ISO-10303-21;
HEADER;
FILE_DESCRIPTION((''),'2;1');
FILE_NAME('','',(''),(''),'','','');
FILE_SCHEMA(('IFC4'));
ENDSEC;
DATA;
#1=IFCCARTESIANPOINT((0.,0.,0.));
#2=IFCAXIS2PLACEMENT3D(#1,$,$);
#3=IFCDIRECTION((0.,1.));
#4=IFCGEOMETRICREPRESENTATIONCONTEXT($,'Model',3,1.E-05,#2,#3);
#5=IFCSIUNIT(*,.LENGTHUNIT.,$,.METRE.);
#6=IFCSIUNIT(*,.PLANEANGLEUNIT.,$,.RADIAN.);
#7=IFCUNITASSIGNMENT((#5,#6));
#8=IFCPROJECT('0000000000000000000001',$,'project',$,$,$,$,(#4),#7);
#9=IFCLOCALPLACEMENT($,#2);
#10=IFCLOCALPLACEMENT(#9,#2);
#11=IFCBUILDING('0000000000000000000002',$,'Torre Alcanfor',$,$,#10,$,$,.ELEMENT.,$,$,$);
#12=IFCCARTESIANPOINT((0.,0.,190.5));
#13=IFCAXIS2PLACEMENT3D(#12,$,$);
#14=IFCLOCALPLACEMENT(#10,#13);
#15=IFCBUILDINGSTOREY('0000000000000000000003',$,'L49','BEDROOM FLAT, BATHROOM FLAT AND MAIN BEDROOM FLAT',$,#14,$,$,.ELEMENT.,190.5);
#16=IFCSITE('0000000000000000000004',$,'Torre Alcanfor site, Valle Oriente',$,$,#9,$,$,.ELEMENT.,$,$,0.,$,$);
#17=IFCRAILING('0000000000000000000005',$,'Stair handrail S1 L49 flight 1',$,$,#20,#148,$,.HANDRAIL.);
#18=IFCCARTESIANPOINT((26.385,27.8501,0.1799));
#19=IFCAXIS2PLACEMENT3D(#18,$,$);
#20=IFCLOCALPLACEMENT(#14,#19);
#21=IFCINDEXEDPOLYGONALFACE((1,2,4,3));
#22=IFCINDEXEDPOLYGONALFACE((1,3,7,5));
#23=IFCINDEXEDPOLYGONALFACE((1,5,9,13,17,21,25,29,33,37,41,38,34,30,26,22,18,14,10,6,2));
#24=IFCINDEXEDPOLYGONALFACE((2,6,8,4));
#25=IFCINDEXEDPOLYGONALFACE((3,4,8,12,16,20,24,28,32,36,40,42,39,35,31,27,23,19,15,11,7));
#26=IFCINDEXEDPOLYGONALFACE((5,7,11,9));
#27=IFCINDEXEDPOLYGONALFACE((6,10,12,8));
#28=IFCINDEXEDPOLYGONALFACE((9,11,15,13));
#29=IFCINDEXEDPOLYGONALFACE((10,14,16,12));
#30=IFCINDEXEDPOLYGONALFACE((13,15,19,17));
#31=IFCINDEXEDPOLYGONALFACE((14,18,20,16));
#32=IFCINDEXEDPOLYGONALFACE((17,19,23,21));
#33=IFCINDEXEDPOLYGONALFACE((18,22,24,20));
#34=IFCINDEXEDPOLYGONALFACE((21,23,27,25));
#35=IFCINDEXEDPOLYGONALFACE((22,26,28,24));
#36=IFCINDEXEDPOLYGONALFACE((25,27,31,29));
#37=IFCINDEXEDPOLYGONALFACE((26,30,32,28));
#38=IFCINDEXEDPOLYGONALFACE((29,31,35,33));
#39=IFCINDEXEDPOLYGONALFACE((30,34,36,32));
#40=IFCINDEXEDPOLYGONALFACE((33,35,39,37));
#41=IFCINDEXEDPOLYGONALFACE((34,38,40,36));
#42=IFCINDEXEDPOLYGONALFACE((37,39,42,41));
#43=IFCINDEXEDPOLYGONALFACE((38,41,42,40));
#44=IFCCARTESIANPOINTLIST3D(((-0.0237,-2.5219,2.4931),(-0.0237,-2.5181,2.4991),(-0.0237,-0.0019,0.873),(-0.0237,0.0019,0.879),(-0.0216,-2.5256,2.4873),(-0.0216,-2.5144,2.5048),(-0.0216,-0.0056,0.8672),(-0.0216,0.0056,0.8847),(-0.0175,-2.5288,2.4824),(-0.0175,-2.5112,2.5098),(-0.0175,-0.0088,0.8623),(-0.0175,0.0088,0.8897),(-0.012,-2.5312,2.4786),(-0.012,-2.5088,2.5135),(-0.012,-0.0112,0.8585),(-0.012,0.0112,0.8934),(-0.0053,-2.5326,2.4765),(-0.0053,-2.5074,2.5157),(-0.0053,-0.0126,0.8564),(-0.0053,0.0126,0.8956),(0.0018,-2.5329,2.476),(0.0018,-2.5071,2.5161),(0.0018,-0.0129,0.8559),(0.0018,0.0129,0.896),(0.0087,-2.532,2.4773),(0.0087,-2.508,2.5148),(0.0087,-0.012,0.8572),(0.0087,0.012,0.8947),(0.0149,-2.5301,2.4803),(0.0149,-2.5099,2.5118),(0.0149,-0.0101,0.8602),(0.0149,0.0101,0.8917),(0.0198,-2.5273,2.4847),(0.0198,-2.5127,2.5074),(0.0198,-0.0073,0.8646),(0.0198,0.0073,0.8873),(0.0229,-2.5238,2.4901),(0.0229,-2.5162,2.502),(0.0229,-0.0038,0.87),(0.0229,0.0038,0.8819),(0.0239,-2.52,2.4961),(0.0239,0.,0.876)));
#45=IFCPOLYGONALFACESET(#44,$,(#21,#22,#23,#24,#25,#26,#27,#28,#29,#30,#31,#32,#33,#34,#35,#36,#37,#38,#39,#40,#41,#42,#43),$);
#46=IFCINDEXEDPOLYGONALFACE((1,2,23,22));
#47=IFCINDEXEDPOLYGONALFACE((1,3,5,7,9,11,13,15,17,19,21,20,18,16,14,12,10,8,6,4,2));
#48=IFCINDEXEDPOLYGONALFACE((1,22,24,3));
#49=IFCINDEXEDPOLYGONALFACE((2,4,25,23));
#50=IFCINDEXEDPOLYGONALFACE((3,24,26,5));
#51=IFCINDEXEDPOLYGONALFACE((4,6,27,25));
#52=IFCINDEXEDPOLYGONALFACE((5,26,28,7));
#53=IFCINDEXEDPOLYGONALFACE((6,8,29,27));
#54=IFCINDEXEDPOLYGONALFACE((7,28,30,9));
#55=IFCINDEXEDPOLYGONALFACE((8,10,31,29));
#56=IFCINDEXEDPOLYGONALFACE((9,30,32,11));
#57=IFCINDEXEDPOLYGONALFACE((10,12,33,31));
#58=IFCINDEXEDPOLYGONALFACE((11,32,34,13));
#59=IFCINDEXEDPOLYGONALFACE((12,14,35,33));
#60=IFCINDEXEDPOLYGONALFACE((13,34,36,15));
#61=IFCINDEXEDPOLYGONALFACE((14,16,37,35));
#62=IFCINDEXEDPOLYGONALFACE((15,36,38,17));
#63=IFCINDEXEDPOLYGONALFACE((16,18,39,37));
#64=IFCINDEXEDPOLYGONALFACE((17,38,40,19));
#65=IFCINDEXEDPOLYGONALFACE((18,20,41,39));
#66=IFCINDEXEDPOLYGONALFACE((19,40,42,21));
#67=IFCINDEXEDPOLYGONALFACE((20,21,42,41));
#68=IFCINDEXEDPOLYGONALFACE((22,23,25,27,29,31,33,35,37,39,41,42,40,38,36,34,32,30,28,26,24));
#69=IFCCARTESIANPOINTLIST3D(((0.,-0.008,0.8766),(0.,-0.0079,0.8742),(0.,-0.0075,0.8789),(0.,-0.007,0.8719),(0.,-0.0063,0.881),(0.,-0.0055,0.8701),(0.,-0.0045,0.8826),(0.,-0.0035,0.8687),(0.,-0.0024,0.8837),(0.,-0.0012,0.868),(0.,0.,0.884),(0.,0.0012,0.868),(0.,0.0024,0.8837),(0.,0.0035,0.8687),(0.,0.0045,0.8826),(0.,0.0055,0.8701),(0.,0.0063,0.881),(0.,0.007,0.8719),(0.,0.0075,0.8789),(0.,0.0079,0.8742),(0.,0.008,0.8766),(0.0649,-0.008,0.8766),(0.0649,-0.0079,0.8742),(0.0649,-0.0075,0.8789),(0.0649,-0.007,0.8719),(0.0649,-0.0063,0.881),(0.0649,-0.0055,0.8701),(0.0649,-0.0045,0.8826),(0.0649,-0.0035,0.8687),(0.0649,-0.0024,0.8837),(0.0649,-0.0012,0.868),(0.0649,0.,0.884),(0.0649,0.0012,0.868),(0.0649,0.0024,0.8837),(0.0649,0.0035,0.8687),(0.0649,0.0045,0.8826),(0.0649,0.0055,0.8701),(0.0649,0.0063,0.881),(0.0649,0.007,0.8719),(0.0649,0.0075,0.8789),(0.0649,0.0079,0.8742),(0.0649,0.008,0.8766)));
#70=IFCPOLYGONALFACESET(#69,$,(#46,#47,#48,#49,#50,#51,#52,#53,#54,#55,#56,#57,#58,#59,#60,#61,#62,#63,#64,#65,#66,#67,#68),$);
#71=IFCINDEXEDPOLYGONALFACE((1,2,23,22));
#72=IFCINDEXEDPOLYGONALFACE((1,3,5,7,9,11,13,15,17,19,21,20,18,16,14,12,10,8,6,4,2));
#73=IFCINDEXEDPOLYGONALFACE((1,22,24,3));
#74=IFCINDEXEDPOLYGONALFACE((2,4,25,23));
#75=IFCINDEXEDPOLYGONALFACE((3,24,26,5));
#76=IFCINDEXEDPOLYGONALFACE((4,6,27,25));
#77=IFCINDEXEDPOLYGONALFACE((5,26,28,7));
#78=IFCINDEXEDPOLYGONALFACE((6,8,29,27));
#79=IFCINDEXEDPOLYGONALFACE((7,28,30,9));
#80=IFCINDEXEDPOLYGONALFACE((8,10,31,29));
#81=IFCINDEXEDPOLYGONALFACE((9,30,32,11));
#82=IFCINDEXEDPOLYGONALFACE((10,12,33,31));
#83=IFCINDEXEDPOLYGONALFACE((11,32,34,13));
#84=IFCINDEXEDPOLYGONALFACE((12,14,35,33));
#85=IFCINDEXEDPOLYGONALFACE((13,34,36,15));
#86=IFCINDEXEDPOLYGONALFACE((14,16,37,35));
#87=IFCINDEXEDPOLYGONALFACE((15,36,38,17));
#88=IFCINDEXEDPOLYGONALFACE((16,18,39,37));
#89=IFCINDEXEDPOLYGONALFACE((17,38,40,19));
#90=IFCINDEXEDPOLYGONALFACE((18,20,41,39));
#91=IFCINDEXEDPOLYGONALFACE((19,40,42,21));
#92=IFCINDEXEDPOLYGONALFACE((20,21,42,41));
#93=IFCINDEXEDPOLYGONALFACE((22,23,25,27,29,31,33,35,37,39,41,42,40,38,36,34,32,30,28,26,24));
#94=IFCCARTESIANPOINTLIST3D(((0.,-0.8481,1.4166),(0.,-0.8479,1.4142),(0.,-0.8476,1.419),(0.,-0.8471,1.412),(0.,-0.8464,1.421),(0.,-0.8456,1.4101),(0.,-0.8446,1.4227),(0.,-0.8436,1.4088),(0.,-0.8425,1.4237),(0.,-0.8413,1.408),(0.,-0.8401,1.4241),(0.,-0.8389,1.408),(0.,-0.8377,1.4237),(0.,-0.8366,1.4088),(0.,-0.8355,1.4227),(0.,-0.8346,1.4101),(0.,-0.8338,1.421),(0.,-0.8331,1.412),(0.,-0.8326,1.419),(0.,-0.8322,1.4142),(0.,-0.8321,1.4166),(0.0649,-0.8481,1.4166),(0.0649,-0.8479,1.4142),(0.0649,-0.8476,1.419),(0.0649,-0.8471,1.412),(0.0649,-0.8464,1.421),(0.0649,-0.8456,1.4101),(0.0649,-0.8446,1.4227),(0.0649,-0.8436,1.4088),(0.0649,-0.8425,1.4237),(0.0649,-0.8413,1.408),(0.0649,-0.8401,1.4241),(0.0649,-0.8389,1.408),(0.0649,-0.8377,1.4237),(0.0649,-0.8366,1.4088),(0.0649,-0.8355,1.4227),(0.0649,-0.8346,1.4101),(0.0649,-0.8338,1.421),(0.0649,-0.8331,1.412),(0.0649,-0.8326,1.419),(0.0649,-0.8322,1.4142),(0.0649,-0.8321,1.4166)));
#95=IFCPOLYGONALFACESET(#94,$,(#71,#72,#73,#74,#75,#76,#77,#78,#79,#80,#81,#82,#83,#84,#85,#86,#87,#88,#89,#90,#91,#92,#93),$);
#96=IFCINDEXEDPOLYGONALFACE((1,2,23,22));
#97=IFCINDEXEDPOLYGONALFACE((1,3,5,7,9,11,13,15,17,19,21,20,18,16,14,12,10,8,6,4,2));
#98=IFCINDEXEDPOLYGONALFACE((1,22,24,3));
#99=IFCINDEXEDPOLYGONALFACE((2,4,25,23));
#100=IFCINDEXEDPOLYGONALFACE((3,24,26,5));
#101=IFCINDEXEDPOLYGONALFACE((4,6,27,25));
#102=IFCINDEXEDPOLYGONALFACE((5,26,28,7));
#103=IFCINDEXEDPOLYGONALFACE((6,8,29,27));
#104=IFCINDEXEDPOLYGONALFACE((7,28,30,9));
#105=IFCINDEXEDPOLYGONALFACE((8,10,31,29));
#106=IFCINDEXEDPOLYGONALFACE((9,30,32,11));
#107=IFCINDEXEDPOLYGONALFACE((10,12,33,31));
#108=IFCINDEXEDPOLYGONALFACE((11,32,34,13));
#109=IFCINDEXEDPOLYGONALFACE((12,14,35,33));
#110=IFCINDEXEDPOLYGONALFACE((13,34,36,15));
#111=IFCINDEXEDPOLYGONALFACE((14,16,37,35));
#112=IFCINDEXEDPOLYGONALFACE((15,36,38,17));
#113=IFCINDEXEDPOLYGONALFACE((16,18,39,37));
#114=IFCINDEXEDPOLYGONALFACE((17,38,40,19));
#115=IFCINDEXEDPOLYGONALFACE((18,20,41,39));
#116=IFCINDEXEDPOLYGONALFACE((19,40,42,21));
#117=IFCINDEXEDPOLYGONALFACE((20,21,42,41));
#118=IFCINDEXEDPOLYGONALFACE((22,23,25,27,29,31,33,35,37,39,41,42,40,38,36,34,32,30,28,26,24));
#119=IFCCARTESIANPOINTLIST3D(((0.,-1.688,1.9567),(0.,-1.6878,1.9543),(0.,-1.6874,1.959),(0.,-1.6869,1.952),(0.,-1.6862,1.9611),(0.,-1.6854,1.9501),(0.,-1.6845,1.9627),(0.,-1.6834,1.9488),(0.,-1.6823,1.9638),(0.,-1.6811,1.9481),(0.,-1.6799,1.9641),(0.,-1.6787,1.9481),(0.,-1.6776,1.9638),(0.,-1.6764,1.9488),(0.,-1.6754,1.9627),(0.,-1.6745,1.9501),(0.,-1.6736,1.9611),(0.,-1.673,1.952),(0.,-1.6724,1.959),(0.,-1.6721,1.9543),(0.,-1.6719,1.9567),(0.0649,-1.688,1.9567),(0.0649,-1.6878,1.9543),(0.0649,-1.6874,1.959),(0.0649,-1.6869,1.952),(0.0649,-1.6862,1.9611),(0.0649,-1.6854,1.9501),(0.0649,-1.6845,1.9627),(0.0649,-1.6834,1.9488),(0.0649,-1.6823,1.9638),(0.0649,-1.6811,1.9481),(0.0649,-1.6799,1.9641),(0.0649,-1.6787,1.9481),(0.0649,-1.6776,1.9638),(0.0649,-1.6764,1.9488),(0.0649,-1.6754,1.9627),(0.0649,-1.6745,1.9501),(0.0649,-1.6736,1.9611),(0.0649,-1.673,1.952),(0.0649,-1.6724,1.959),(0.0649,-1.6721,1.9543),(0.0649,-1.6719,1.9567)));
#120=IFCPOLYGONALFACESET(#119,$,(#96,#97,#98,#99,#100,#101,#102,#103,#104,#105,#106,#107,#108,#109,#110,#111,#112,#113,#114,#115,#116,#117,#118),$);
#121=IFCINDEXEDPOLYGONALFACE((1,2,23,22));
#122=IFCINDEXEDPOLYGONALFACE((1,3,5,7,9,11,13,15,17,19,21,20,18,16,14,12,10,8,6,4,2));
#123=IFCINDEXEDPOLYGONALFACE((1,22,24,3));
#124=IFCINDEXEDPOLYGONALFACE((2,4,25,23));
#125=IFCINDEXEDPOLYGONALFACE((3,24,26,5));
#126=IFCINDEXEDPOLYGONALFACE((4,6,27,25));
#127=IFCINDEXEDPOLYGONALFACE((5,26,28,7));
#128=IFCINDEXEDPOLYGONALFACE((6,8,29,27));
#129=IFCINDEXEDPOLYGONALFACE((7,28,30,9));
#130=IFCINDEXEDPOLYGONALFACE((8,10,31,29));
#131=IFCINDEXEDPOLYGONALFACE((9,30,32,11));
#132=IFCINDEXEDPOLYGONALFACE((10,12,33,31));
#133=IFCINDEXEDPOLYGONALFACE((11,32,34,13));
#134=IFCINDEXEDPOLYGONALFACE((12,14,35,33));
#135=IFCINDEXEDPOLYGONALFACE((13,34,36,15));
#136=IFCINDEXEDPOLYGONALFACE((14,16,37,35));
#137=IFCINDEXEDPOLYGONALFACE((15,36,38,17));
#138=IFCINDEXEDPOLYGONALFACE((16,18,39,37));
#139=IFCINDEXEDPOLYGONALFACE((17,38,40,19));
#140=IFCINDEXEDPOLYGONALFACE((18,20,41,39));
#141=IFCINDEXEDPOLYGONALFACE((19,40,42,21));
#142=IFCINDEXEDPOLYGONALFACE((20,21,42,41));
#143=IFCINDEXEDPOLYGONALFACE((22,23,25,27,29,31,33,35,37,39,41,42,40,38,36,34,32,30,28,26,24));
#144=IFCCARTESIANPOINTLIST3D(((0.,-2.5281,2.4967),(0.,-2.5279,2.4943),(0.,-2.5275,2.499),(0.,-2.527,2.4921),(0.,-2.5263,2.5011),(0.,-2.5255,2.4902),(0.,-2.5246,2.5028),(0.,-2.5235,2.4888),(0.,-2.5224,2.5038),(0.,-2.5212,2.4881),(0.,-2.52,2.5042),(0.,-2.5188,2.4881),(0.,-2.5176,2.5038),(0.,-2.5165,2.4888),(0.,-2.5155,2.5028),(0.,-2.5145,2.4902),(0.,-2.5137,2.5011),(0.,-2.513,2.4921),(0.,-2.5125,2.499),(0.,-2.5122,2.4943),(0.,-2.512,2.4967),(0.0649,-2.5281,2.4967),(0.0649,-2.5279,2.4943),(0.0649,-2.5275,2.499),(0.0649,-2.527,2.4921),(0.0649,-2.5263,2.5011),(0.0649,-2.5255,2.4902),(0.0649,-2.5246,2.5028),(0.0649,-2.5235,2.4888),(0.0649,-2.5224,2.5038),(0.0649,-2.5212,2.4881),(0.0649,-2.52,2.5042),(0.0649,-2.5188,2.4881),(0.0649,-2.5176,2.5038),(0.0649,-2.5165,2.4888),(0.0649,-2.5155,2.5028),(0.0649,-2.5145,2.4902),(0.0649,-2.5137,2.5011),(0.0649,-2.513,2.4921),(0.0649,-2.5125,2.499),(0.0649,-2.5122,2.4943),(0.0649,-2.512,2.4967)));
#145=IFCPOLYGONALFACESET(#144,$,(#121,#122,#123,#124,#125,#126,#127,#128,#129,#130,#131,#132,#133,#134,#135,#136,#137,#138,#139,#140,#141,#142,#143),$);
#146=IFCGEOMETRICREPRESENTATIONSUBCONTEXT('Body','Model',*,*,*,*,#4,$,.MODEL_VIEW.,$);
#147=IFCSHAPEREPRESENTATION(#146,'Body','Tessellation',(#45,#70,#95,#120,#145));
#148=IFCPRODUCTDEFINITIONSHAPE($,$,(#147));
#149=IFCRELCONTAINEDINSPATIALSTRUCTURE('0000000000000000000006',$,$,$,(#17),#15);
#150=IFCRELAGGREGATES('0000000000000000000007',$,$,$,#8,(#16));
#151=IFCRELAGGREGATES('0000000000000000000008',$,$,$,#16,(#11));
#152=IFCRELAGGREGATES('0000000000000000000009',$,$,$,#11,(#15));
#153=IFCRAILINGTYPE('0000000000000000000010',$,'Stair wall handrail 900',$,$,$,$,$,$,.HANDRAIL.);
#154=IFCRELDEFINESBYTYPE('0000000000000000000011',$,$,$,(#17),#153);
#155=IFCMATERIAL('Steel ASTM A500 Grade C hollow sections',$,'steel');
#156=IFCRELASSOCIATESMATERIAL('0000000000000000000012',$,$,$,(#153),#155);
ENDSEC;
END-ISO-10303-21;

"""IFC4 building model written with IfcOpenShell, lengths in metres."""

from ifc_helpers import new_model, si_unit, direction, frame, origin, origin_2d, place, context, subcontext, project, spatial, circle, extrude, material, type_object, element, save


model = new_model("IFC4")

# Units and contexts
model_context = context("Model", 3, precision=1e-05, world=origin(), true_north=direction((0.0, 1.0)))
body_context = subcontext(model_context, "Body", "Model", "MODEL_VIEW")
ifc_project = project(units=[si_unit("LENGTHUNIT", "METRE"), si_unit("PLANEANGLEUNIT", "RADIAN")], contexts=[model_context])

# Site, building, storey
site_placement = place(None, origin())
site = spatial("IfcSite", under=ifc_project, at=site_placement, Name="Torre Alcanfor site, Valle Oriente", CompositionType="ELEMENT", RefElevation=0.0)
building_placement = place(site_placement, origin())
building = spatial("IfcBuilding", under=site, at=building_placement, Name="Torre Alcanfor", CompositionType="ELEMENT")
storey_placement = place(building_placement, frame((0.0, 0.0, 190.5)))
storey = spatial("IfcBuildingStorey", under=building, at=storey_placement, Name="L49", Description="BEDROOM FLAT, BATHROOM FLAT AND MAIN BEDROOM FLAT", CompositionType="ELEMENT", Elevation=190.5)

# Railing
ifc_material_1 = material(Name="Steel ASTM A500 Grade C hollow sections", Category="steel")
railing_type = type_object("IfcRailingType", Name="Stair wall handrail 900", PredefinedType="HANDRAIL", material=ifc_material_1)
railing_placement = place(storey_placement, frame((26.385, 27.8501, 0.1799)))
element("IfcRailing", 1, at=railing_placement, inside=storey, type_object=railing_type, Name="Stair handrail S1 L49 flight 1", PredefinedType="HANDRAIL", context=body_context, shape_type="SweptSolid", body=[
    extrude(circle(Radius=0.0239, at=origin_2d()), frame((0.0, 0.0, 0.876), z_axis=(0.0, -0.841163, 0.540782), x_axis=(1.0, 0.0, 0.0)), (0.0, 0.0, 1.0), 2.9958),
    extrude(circle(Radius=0.0081, at=origin_2d()), frame((0.0, 0.0, 0.876), z_axis=(1.0, 0.0, 0.0), x_axis=(0.0, 0.0, 1.0)), (0.0, 0.0, 1.0), 0.0649),
    extrude(circle(Radius=0.0081, at=origin_2d()), frame((0.0, -0.8401, 1.416), z_axis=(1.0, 0.0, 0.0), x_axis=(0.0, 0.0, 1.0)), (0.0, 0.0, 1.0), 0.0649),
    extrude(circle(Radius=0.0081, at=origin_2d()), frame((0.0, -1.6799, 1.9561), z_axis=(1.0, 0.0, 0.0), x_axis=(0.0, 0.0, 1.0)), (0.0, 0.0, 1.0), 0.0649),
    extrude(circle(Radius=0.0081, at=origin_2d()), frame((0.0, -2.52, 2.4961), z_axis=(1.0, 0.0, 0.0), x_axis=(0.0, 0.0, 1.0)), (0.0, 0.0, 1.0), 0.0649),
])

save(model, "model.ifc")
